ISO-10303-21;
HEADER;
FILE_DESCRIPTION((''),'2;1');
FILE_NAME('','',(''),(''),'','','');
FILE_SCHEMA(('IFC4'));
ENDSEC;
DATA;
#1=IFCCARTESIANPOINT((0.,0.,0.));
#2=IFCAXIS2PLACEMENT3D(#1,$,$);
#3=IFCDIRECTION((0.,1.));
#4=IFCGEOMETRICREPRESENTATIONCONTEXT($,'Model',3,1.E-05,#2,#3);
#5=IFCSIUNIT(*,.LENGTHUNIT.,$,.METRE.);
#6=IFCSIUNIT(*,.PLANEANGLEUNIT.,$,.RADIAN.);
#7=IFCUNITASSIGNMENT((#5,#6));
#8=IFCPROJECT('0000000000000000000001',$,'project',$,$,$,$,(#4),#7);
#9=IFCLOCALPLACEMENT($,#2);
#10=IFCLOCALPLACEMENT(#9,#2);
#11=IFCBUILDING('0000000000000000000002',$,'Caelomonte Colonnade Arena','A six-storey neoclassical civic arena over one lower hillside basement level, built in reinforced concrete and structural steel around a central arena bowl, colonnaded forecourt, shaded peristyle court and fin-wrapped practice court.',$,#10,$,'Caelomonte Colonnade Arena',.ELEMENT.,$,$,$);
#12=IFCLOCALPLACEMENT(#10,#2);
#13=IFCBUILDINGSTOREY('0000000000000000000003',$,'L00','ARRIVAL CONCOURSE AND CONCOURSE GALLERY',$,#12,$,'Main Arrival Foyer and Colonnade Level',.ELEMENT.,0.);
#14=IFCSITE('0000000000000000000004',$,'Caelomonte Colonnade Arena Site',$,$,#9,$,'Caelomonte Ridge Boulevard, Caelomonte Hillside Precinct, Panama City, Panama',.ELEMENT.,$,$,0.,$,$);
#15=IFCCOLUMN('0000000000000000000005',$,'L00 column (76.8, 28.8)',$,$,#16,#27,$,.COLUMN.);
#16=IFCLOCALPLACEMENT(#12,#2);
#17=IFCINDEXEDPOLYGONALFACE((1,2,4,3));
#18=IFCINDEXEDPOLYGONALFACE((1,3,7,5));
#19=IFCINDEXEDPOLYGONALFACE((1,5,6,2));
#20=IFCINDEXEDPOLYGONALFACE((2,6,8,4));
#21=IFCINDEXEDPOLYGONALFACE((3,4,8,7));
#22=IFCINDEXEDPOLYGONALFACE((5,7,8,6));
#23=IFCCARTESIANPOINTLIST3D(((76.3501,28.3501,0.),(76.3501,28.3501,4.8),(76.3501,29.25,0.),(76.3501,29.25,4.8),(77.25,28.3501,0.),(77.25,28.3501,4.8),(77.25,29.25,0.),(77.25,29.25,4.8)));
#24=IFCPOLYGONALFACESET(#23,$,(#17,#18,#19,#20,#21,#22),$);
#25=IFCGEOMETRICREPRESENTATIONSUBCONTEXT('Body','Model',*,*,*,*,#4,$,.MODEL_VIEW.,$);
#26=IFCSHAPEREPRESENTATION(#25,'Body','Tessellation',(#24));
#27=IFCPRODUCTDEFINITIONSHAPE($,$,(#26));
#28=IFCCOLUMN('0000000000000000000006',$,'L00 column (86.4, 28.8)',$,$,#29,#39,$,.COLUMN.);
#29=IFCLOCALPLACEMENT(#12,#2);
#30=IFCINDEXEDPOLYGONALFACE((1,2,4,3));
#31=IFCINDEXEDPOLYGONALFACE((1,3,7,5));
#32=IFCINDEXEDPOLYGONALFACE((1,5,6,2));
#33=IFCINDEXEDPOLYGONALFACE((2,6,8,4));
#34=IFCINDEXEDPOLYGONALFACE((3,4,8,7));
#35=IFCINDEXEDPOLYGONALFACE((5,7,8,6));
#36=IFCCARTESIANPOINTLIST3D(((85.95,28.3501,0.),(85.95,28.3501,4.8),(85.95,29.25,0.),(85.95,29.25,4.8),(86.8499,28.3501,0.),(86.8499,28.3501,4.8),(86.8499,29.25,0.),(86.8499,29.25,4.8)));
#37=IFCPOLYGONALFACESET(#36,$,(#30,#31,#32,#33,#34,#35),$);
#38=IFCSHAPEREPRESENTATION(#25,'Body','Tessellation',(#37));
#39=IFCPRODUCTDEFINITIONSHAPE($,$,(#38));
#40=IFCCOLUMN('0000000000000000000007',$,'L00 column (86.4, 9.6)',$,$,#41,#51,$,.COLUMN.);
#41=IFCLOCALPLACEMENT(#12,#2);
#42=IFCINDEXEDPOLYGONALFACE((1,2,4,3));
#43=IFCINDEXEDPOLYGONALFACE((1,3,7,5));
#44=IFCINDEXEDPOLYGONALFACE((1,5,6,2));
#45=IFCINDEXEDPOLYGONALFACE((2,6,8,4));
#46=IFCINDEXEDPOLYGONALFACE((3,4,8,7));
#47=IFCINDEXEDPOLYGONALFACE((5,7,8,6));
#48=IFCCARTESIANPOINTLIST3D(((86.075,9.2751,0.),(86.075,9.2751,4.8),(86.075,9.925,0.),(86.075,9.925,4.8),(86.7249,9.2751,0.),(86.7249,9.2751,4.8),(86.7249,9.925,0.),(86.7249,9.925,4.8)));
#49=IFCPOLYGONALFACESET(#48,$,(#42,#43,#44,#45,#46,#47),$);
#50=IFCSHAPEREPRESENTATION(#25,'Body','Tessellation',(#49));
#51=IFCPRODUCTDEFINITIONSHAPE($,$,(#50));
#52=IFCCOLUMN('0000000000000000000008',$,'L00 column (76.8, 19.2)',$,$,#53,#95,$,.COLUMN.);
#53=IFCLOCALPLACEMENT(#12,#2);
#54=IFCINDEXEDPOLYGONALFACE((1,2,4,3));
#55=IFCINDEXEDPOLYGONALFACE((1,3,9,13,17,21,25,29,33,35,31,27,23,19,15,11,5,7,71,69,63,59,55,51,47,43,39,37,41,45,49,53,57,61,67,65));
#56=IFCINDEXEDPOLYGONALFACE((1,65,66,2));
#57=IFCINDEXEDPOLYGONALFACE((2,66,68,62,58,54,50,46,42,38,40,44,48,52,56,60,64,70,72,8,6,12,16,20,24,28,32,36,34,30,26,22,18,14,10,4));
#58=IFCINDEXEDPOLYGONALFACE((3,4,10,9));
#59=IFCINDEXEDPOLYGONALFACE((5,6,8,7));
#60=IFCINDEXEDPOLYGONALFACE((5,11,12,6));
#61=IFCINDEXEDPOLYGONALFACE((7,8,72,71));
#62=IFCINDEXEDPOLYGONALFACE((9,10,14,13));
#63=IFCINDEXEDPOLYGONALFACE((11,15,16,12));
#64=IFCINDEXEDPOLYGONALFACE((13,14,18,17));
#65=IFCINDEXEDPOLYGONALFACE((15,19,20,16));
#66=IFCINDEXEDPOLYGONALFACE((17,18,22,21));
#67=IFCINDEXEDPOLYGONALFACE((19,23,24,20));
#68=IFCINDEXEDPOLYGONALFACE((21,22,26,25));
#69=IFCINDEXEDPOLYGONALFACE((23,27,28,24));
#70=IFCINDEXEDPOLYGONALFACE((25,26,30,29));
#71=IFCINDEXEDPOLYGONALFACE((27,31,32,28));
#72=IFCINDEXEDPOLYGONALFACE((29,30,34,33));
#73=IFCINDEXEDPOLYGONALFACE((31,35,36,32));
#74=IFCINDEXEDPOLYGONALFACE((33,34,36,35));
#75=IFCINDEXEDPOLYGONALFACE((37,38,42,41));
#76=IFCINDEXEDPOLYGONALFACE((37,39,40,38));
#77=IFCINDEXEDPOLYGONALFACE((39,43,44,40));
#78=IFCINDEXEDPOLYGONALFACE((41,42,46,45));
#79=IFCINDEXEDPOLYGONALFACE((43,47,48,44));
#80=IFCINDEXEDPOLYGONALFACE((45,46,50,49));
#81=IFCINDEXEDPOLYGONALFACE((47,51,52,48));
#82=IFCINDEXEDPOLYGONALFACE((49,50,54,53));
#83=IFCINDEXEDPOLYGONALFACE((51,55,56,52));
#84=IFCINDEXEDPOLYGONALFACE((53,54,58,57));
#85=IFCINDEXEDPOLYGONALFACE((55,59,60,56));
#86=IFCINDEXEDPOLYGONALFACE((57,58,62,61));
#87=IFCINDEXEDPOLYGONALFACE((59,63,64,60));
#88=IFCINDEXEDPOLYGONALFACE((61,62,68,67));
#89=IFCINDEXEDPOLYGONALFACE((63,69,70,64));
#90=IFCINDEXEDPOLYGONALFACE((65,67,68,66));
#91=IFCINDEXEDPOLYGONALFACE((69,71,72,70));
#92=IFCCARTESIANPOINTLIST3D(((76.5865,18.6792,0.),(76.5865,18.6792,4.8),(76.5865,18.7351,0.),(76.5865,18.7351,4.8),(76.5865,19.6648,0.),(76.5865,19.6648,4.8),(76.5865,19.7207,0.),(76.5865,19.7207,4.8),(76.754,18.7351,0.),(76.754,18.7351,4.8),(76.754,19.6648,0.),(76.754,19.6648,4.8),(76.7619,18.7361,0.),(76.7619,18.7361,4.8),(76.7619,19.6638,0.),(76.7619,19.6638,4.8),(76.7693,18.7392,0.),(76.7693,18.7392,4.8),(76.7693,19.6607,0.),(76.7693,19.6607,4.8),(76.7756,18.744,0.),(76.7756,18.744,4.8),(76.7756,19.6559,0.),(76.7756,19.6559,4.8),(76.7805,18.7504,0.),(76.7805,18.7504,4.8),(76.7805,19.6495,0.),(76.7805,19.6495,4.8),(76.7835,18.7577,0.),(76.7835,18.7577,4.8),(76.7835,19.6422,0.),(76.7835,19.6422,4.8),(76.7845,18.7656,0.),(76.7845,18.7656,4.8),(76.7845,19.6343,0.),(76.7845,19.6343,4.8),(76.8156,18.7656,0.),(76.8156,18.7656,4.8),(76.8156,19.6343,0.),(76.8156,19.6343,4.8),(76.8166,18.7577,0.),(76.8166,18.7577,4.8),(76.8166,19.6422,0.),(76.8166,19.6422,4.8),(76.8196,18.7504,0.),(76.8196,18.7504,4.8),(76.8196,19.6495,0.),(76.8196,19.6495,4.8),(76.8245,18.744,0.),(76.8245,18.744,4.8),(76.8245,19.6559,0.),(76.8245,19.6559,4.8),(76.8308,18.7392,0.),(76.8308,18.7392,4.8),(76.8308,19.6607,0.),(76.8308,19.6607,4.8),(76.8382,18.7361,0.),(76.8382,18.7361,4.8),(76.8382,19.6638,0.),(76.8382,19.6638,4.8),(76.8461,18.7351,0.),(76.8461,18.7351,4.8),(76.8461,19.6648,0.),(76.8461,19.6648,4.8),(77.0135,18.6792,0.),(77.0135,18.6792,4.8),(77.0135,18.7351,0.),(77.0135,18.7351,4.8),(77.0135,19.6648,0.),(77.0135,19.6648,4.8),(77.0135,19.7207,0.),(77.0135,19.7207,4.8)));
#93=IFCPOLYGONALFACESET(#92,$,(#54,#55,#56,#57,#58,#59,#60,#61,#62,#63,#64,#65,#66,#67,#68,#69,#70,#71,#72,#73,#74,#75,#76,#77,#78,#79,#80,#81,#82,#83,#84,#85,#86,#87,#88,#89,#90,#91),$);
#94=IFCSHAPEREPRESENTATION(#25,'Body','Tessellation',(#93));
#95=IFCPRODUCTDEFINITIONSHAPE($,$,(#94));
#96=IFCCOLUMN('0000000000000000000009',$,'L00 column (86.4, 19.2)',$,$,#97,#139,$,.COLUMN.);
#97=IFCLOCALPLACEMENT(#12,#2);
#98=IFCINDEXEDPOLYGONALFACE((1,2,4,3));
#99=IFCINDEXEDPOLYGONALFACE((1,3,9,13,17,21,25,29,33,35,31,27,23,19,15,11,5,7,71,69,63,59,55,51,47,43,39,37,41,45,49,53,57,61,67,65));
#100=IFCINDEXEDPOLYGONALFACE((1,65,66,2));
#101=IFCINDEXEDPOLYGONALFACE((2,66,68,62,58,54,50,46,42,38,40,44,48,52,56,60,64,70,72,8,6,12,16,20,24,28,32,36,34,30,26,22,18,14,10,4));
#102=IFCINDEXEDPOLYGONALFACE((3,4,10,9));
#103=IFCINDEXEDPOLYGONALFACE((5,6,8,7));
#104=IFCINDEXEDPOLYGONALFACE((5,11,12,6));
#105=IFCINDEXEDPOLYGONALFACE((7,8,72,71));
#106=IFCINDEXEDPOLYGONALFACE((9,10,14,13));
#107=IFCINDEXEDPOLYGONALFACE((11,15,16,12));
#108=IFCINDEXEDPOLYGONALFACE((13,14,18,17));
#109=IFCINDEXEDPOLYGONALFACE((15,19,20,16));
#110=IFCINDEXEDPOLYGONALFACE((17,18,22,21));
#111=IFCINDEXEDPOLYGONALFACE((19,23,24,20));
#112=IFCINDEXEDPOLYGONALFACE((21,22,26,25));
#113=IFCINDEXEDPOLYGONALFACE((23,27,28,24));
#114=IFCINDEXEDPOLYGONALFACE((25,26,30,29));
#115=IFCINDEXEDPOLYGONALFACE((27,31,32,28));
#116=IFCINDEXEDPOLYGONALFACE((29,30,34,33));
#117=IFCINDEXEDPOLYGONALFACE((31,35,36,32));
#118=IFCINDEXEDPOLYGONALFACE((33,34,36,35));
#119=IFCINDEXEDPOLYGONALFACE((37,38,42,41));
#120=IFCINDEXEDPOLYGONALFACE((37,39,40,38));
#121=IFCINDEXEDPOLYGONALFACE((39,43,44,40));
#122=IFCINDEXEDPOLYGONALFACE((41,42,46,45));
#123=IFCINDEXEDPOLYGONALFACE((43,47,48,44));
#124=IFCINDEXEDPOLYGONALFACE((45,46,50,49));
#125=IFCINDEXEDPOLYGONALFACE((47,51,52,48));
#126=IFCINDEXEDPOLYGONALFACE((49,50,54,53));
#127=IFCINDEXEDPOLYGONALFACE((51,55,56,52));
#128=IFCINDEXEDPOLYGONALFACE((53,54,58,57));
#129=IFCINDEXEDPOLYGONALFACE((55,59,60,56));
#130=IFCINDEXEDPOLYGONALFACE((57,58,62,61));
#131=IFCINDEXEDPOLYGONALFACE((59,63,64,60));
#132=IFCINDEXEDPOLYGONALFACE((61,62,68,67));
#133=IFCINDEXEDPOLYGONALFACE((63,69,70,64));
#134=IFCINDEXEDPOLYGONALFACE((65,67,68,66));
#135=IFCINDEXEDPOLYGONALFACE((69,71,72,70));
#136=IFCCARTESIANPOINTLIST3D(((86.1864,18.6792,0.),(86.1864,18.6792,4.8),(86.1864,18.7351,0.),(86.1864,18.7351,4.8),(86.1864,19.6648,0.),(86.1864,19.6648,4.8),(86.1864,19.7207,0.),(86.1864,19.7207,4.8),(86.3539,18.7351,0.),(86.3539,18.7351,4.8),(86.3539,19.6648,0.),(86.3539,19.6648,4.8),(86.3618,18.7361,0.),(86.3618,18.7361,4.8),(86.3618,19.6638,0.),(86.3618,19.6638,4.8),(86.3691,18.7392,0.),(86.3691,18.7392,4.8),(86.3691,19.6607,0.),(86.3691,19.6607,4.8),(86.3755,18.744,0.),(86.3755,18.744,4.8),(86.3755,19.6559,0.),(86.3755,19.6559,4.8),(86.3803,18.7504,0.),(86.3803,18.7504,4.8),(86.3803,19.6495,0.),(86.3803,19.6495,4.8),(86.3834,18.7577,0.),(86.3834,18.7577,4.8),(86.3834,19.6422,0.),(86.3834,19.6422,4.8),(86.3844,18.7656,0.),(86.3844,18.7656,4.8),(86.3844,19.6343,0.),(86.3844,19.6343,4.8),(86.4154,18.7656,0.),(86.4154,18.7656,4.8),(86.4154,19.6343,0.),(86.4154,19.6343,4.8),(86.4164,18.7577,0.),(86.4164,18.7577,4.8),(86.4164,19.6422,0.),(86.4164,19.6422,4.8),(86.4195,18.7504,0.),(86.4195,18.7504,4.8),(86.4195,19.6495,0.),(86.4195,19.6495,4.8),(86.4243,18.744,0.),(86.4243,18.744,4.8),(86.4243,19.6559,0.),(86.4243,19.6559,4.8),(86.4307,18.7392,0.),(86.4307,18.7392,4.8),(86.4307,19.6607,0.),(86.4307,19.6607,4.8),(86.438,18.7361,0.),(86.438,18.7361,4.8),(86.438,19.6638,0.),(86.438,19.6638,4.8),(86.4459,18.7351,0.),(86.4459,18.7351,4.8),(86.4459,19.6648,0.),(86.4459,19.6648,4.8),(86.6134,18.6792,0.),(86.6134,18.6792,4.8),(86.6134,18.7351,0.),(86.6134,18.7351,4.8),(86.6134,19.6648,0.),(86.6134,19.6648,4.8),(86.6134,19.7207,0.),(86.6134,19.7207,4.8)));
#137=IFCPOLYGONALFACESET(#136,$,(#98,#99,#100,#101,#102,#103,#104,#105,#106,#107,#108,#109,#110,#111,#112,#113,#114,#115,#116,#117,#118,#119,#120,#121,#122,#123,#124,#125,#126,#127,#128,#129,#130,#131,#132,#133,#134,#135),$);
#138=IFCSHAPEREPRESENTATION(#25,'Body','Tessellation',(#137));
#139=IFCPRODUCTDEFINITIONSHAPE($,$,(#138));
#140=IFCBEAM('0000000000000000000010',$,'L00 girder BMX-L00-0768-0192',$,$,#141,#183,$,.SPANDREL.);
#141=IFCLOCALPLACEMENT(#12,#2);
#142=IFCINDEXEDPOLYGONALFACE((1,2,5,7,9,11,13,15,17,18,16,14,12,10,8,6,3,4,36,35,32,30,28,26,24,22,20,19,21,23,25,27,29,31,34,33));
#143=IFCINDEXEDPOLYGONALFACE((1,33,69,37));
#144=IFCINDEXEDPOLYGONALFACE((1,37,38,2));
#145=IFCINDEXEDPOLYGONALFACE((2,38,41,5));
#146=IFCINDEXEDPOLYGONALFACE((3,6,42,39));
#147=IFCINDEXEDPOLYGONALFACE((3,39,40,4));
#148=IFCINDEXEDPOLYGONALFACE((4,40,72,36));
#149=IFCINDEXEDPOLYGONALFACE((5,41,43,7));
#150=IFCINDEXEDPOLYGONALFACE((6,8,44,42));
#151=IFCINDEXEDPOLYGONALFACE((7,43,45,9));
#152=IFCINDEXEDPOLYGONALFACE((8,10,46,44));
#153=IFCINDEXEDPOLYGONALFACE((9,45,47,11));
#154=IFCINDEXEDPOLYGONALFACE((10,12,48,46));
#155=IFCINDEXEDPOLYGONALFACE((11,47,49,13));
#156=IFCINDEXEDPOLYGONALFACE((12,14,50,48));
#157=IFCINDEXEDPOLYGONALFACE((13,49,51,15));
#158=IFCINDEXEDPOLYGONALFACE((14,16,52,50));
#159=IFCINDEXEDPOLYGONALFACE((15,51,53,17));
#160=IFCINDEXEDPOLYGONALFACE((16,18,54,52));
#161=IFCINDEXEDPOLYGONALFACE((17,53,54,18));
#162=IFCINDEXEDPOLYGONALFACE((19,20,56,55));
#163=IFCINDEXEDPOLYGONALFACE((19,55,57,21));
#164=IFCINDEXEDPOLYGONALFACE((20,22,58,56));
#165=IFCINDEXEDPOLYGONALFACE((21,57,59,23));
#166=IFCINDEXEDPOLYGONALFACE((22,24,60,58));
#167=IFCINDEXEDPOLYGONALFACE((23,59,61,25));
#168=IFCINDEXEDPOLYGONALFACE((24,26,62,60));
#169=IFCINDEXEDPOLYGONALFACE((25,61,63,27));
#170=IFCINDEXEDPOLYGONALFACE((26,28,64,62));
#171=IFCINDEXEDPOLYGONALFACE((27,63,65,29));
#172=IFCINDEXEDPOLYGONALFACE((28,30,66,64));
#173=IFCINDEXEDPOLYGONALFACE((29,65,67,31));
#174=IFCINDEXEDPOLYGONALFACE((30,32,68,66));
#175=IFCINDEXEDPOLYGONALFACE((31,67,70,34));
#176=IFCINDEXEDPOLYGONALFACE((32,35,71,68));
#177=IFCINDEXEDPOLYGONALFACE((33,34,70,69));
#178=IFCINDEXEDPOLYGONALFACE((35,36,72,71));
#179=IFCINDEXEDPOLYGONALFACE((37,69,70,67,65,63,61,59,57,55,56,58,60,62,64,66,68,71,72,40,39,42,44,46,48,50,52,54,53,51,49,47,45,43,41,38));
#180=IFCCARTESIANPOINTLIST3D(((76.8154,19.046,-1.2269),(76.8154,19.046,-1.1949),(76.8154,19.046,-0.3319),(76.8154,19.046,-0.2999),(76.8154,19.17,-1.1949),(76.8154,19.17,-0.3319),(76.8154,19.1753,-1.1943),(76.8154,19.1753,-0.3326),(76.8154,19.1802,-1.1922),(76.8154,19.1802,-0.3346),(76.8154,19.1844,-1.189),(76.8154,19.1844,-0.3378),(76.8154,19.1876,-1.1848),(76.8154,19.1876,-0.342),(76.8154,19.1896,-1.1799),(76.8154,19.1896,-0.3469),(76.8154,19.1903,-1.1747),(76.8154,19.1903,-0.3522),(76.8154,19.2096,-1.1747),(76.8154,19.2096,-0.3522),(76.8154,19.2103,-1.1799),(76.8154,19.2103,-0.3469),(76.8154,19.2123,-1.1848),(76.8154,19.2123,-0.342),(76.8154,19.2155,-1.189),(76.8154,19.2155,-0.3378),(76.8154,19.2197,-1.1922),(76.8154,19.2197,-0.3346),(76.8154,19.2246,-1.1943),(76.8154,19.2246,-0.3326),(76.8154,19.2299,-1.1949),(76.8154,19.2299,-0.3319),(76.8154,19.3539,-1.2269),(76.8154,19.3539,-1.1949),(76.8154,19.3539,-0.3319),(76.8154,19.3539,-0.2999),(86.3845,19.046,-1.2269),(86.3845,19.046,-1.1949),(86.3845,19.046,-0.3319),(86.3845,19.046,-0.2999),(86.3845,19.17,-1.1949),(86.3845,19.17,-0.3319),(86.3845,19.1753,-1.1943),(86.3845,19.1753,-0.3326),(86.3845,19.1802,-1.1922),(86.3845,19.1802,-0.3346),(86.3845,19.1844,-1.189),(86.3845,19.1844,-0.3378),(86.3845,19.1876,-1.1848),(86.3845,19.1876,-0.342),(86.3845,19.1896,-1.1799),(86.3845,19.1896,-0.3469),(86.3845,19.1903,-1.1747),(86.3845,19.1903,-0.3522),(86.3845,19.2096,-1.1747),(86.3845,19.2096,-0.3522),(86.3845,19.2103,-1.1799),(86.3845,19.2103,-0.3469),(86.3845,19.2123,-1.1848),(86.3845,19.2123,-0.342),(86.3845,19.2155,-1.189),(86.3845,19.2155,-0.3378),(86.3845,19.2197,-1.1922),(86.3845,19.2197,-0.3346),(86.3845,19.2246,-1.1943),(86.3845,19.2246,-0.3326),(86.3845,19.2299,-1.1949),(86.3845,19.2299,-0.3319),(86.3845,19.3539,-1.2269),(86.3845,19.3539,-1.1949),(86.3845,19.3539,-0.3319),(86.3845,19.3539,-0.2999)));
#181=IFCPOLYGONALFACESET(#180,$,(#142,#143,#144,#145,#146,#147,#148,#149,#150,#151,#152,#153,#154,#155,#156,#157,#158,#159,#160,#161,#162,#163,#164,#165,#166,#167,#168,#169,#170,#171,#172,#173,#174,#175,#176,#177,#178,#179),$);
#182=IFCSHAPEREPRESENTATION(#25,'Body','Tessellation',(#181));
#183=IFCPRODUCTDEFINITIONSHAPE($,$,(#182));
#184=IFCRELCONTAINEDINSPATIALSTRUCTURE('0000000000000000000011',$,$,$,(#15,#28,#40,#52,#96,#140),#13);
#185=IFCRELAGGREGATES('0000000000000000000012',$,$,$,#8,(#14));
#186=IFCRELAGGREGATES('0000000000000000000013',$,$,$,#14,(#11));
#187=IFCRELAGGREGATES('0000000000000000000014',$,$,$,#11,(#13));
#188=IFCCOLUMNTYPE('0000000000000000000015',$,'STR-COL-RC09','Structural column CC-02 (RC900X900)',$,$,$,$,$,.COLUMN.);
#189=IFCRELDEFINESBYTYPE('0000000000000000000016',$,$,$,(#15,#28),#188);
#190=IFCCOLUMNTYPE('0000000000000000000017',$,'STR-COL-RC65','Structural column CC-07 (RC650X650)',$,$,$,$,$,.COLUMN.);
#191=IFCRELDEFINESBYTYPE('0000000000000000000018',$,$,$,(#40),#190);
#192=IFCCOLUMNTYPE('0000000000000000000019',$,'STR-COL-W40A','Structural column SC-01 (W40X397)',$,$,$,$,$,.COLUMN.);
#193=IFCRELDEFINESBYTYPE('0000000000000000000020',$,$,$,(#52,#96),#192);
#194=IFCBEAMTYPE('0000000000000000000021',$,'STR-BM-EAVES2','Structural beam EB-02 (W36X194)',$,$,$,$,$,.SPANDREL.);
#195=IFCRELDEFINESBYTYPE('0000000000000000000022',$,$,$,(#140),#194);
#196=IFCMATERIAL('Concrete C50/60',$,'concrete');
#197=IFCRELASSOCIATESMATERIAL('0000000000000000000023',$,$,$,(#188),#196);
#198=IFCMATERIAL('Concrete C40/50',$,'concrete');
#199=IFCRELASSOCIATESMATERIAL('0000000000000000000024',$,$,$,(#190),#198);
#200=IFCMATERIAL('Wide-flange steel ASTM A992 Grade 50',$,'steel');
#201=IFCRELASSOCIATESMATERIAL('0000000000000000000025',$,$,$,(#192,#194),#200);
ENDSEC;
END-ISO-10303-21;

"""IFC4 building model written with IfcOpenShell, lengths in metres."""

from ifc_helpers import new_model, si_unit, direction, frame, origin, origin_2d, place, context, subcontext, project, spatial, rectangle, i_section, extrude, material, material_profile, profile_set, type_object, element, save


model = new_model("IFC4")

# Units and contexts
model_context = context("Model", 3, precision=1e-05, world=origin(), true_north=direction((0.0, 1.0)))
body_context = subcontext(model_context, "Body", "Model", "MODEL_VIEW")
ifc_project = project(units=[si_unit("LENGTHUNIT", "METRE"), si_unit("PLANEANGLEUNIT", "RADIAN")], contexts=[model_context])

# Site, building, storey
site_placement = place(None, origin())
site = spatial("IfcSite", under=ifc_project, at=site_placement, Name="Caelomonte Colonnade Arena Site", LongName="Caelomonte Ridge Boulevard, Caelomonte Hillside Precinct, Panama City, Panama", CompositionType="ELEMENT", RefElevation=0.0)
building_placement = place(site_placement, origin())
building = spatial("IfcBuilding", under=site, at=building_placement, Name="Caelomonte Colonnade Arena", Description="A six-storey neoclassical civic arena over one lower hillside basement level, built in reinforced concrete and structural steel around a central arena bowl, colonnaded forecourt, shaded peristyle court and fin-wrapped practice court.", LongName="Caelomonte Colonnade Arena", CompositionType="ELEMENT")
storey_placement = place(building_placement, origin())
storey = spatial("IfcBuildingStorey", under=building, at=storey_placement, Name="L00", Description="ARRIVAL CONCOURSE AND CONCOURSE GALLERY", LongName="Main Arrival Foyer and Colonnade Level", CompositionType="ELEMENT", Elevation=0.0)

# Columns
ifc_material_1 = material(Name="Concrete C50/60", Category="concrete")
ifc_material_profile_1 = material_profile(ifc_material_1, rectangle(XDim=0.8999, YDim=0.8999, at=origin_2d()), Name="RC900X900")
ifc_profile_set_1 = profile_set([ifc_material_profile_1], Name="Concrete C50/60")
column_type_1 = type_object("IfcColumnType", Name="STR-COL-RC09", Description="Structural column CC-02 (RC900X900)", PredefinedType="COLUMN", material=ifc_profile_set_1)
for number, where, z_axis, x_axis, name in (
    (1, (76.8, 28.8, 0.0), (0.0, 0.0, 1.0), (1.0, 0.0, 0.0), "L00 column (76.8, 28.8)"),
    (2, (86.3999, 28.8, 0.0), (0.0, 0.0, 1.0), (1.0, 0.0, 0.0), "L00 column (86.4, 28.8)"),
):
    element("IfcColumn", number, at=place(storey_placement, frame(where, z_axis=z_axis, x_axis=x_axis)), inside=storey, type_object=column_type_1, Name=name, PredefinedType="COLUMN", context=body_context, shape_type="SweptSolid", body=[
        extrude(rectangle(XDim=0.8999, YDim=0.8999, at=origin_2d()), origin(), (0.0, 0.0, 1.0), 4.8),
    ])
ifc_material_2 = material(Name="Concrete C40/50", Category="concrete")
ifc_material_profile_2 = material_profile(ifc_material_2, rectangle(XDim=0.6499, YDim=0.6499, at=origin_2d()), Name="RC650X650")
ifc_profile_set_2 = profile_set([ifc_material_profile_2], Name="Concrete C40/50")
column_type_2 = type_object("IfcColumnType", Name="STR-COL-RC65", Description="Structural column CC-07 (RC650X650)", PredefinedType="COLUMN", material=ifc_profile_set_2)
column_placement = place(storey_placement, frame((86.3999, 9.6001, 0.0), z_axis=(0.0, 0.0, 1.0), x_axis=(1.0, 0.0, 0.0)))
element("IfcColumn", 3, at=column_placement, inside=storey, type_object=column_type_2, Name="L00 column (86.4, 9.6)", PredefinedType="COLUMN", context=body_context, shape_type="SweptSolid", body=[
    extrude(rectangle(XDim=0.6499, YDim=0.6499, at=origin_2d()), origin(), (0.0, 0.0, 1.0), 4.8),
])
ifc_material_3 = material(Name="Wide-flange steel ASTM A992 Grade 50", Category="steel")
ifc_material_profile_3 = material_profile(ifc_material_3, i_section(OverallWidth=0.427, OverallDepth=1.0415, WebThickness=0.031, FlangeThickness=0.0559, FilletRadius=0.0305, at=origin_2d()), Name="W40X397")
ifc_profile_set_3 = profile_set([ifc_material_profile_3], Name="Wide-flange steel ASTM A992 Grade 50")
column_type_3 = type_object("IfcColumnType", Name="STR-COL-W40A", Description="Structural column SC-01 (W40X397)", PredefinedType="COLUMN", material=ifc_profile_set_3)
for number, where, z_axis, x_axis, name in (
    (4, (76.8, 19.2, 0.0), (0.0, 0.0, 1.0), (1.0, 0.0, 0.0), "L00 column (76.8, 19.2)"),
    (5, (86.3999, 19.2, 0.0), (0.0, 0.0, 1.0), (1.0, 0.0, 0.0), "L00 column (86.4, 19.2)"),
):
    element("IfcColumn", number, at=place(storey_placement, frame(where, z_axis=z_axis, x_axis=x_axis)), inside=storey, type_object=column_type_3, Name=name, PredefinedType="COLUMN", context=body_context, shape_type="SweptSolid", body=[
        extrude(i_section(OverallWidth=0.427, OverallDepth=1.0415, WebThickness=0.031, FlangeThickness=0.0559, FilletRadius=0.0305, at=origin_2d()), origin(), (0.0, 0.0, 1.0), 4.8),
    ])

# Beam
ifc_material_profile_4 = material_profile(ifc_material_3, i_section(OverallWidth=0.3079, OverallDepth=0.927, WebThickness=0.0193, FlangeThickness=0.032, FilletRadius=0.0203, at=origin_2d()), Name="W36X194")
ifc_profile_set_4 = profile_set([ifc_material_profile_4], Name="Wide-flange steel ASTM A992 Grade 50")
beam_type_1 = type_object("IfcBeamType", Name="STR-BM-EAVES2", Description="Structural beam EB-02 (W36X194)", PredefinedType="SPANDREL", material=ifc_profile_set_4)
beam_1_placement = place(storey_placement, frame((76.8154, 19.2, -0.7634), z_axis=(1.0, 0.0, 0.0), x_axis=(0.0, 1.0, 0.0)))
element("IfcBeam", 6, at=beam_1_placement, inside=storey, type_object=beam_type_1, Name="L00 girder BMX-L00-0768-0192", PredefinedType="SPANDREL", context=body_context, shape_type="SweptSolid", body=[
    extrude(i_section(OverallWidth=0.3079, OverallDepth=0.927, WebThickness=0.0193, FlangeThickness=0.032, FilletRadius=0.0203, at=origin_2d()), origin(), (0.0, 0.0, 1.0), 9.5691),
])

save(model, "model.ifc")
